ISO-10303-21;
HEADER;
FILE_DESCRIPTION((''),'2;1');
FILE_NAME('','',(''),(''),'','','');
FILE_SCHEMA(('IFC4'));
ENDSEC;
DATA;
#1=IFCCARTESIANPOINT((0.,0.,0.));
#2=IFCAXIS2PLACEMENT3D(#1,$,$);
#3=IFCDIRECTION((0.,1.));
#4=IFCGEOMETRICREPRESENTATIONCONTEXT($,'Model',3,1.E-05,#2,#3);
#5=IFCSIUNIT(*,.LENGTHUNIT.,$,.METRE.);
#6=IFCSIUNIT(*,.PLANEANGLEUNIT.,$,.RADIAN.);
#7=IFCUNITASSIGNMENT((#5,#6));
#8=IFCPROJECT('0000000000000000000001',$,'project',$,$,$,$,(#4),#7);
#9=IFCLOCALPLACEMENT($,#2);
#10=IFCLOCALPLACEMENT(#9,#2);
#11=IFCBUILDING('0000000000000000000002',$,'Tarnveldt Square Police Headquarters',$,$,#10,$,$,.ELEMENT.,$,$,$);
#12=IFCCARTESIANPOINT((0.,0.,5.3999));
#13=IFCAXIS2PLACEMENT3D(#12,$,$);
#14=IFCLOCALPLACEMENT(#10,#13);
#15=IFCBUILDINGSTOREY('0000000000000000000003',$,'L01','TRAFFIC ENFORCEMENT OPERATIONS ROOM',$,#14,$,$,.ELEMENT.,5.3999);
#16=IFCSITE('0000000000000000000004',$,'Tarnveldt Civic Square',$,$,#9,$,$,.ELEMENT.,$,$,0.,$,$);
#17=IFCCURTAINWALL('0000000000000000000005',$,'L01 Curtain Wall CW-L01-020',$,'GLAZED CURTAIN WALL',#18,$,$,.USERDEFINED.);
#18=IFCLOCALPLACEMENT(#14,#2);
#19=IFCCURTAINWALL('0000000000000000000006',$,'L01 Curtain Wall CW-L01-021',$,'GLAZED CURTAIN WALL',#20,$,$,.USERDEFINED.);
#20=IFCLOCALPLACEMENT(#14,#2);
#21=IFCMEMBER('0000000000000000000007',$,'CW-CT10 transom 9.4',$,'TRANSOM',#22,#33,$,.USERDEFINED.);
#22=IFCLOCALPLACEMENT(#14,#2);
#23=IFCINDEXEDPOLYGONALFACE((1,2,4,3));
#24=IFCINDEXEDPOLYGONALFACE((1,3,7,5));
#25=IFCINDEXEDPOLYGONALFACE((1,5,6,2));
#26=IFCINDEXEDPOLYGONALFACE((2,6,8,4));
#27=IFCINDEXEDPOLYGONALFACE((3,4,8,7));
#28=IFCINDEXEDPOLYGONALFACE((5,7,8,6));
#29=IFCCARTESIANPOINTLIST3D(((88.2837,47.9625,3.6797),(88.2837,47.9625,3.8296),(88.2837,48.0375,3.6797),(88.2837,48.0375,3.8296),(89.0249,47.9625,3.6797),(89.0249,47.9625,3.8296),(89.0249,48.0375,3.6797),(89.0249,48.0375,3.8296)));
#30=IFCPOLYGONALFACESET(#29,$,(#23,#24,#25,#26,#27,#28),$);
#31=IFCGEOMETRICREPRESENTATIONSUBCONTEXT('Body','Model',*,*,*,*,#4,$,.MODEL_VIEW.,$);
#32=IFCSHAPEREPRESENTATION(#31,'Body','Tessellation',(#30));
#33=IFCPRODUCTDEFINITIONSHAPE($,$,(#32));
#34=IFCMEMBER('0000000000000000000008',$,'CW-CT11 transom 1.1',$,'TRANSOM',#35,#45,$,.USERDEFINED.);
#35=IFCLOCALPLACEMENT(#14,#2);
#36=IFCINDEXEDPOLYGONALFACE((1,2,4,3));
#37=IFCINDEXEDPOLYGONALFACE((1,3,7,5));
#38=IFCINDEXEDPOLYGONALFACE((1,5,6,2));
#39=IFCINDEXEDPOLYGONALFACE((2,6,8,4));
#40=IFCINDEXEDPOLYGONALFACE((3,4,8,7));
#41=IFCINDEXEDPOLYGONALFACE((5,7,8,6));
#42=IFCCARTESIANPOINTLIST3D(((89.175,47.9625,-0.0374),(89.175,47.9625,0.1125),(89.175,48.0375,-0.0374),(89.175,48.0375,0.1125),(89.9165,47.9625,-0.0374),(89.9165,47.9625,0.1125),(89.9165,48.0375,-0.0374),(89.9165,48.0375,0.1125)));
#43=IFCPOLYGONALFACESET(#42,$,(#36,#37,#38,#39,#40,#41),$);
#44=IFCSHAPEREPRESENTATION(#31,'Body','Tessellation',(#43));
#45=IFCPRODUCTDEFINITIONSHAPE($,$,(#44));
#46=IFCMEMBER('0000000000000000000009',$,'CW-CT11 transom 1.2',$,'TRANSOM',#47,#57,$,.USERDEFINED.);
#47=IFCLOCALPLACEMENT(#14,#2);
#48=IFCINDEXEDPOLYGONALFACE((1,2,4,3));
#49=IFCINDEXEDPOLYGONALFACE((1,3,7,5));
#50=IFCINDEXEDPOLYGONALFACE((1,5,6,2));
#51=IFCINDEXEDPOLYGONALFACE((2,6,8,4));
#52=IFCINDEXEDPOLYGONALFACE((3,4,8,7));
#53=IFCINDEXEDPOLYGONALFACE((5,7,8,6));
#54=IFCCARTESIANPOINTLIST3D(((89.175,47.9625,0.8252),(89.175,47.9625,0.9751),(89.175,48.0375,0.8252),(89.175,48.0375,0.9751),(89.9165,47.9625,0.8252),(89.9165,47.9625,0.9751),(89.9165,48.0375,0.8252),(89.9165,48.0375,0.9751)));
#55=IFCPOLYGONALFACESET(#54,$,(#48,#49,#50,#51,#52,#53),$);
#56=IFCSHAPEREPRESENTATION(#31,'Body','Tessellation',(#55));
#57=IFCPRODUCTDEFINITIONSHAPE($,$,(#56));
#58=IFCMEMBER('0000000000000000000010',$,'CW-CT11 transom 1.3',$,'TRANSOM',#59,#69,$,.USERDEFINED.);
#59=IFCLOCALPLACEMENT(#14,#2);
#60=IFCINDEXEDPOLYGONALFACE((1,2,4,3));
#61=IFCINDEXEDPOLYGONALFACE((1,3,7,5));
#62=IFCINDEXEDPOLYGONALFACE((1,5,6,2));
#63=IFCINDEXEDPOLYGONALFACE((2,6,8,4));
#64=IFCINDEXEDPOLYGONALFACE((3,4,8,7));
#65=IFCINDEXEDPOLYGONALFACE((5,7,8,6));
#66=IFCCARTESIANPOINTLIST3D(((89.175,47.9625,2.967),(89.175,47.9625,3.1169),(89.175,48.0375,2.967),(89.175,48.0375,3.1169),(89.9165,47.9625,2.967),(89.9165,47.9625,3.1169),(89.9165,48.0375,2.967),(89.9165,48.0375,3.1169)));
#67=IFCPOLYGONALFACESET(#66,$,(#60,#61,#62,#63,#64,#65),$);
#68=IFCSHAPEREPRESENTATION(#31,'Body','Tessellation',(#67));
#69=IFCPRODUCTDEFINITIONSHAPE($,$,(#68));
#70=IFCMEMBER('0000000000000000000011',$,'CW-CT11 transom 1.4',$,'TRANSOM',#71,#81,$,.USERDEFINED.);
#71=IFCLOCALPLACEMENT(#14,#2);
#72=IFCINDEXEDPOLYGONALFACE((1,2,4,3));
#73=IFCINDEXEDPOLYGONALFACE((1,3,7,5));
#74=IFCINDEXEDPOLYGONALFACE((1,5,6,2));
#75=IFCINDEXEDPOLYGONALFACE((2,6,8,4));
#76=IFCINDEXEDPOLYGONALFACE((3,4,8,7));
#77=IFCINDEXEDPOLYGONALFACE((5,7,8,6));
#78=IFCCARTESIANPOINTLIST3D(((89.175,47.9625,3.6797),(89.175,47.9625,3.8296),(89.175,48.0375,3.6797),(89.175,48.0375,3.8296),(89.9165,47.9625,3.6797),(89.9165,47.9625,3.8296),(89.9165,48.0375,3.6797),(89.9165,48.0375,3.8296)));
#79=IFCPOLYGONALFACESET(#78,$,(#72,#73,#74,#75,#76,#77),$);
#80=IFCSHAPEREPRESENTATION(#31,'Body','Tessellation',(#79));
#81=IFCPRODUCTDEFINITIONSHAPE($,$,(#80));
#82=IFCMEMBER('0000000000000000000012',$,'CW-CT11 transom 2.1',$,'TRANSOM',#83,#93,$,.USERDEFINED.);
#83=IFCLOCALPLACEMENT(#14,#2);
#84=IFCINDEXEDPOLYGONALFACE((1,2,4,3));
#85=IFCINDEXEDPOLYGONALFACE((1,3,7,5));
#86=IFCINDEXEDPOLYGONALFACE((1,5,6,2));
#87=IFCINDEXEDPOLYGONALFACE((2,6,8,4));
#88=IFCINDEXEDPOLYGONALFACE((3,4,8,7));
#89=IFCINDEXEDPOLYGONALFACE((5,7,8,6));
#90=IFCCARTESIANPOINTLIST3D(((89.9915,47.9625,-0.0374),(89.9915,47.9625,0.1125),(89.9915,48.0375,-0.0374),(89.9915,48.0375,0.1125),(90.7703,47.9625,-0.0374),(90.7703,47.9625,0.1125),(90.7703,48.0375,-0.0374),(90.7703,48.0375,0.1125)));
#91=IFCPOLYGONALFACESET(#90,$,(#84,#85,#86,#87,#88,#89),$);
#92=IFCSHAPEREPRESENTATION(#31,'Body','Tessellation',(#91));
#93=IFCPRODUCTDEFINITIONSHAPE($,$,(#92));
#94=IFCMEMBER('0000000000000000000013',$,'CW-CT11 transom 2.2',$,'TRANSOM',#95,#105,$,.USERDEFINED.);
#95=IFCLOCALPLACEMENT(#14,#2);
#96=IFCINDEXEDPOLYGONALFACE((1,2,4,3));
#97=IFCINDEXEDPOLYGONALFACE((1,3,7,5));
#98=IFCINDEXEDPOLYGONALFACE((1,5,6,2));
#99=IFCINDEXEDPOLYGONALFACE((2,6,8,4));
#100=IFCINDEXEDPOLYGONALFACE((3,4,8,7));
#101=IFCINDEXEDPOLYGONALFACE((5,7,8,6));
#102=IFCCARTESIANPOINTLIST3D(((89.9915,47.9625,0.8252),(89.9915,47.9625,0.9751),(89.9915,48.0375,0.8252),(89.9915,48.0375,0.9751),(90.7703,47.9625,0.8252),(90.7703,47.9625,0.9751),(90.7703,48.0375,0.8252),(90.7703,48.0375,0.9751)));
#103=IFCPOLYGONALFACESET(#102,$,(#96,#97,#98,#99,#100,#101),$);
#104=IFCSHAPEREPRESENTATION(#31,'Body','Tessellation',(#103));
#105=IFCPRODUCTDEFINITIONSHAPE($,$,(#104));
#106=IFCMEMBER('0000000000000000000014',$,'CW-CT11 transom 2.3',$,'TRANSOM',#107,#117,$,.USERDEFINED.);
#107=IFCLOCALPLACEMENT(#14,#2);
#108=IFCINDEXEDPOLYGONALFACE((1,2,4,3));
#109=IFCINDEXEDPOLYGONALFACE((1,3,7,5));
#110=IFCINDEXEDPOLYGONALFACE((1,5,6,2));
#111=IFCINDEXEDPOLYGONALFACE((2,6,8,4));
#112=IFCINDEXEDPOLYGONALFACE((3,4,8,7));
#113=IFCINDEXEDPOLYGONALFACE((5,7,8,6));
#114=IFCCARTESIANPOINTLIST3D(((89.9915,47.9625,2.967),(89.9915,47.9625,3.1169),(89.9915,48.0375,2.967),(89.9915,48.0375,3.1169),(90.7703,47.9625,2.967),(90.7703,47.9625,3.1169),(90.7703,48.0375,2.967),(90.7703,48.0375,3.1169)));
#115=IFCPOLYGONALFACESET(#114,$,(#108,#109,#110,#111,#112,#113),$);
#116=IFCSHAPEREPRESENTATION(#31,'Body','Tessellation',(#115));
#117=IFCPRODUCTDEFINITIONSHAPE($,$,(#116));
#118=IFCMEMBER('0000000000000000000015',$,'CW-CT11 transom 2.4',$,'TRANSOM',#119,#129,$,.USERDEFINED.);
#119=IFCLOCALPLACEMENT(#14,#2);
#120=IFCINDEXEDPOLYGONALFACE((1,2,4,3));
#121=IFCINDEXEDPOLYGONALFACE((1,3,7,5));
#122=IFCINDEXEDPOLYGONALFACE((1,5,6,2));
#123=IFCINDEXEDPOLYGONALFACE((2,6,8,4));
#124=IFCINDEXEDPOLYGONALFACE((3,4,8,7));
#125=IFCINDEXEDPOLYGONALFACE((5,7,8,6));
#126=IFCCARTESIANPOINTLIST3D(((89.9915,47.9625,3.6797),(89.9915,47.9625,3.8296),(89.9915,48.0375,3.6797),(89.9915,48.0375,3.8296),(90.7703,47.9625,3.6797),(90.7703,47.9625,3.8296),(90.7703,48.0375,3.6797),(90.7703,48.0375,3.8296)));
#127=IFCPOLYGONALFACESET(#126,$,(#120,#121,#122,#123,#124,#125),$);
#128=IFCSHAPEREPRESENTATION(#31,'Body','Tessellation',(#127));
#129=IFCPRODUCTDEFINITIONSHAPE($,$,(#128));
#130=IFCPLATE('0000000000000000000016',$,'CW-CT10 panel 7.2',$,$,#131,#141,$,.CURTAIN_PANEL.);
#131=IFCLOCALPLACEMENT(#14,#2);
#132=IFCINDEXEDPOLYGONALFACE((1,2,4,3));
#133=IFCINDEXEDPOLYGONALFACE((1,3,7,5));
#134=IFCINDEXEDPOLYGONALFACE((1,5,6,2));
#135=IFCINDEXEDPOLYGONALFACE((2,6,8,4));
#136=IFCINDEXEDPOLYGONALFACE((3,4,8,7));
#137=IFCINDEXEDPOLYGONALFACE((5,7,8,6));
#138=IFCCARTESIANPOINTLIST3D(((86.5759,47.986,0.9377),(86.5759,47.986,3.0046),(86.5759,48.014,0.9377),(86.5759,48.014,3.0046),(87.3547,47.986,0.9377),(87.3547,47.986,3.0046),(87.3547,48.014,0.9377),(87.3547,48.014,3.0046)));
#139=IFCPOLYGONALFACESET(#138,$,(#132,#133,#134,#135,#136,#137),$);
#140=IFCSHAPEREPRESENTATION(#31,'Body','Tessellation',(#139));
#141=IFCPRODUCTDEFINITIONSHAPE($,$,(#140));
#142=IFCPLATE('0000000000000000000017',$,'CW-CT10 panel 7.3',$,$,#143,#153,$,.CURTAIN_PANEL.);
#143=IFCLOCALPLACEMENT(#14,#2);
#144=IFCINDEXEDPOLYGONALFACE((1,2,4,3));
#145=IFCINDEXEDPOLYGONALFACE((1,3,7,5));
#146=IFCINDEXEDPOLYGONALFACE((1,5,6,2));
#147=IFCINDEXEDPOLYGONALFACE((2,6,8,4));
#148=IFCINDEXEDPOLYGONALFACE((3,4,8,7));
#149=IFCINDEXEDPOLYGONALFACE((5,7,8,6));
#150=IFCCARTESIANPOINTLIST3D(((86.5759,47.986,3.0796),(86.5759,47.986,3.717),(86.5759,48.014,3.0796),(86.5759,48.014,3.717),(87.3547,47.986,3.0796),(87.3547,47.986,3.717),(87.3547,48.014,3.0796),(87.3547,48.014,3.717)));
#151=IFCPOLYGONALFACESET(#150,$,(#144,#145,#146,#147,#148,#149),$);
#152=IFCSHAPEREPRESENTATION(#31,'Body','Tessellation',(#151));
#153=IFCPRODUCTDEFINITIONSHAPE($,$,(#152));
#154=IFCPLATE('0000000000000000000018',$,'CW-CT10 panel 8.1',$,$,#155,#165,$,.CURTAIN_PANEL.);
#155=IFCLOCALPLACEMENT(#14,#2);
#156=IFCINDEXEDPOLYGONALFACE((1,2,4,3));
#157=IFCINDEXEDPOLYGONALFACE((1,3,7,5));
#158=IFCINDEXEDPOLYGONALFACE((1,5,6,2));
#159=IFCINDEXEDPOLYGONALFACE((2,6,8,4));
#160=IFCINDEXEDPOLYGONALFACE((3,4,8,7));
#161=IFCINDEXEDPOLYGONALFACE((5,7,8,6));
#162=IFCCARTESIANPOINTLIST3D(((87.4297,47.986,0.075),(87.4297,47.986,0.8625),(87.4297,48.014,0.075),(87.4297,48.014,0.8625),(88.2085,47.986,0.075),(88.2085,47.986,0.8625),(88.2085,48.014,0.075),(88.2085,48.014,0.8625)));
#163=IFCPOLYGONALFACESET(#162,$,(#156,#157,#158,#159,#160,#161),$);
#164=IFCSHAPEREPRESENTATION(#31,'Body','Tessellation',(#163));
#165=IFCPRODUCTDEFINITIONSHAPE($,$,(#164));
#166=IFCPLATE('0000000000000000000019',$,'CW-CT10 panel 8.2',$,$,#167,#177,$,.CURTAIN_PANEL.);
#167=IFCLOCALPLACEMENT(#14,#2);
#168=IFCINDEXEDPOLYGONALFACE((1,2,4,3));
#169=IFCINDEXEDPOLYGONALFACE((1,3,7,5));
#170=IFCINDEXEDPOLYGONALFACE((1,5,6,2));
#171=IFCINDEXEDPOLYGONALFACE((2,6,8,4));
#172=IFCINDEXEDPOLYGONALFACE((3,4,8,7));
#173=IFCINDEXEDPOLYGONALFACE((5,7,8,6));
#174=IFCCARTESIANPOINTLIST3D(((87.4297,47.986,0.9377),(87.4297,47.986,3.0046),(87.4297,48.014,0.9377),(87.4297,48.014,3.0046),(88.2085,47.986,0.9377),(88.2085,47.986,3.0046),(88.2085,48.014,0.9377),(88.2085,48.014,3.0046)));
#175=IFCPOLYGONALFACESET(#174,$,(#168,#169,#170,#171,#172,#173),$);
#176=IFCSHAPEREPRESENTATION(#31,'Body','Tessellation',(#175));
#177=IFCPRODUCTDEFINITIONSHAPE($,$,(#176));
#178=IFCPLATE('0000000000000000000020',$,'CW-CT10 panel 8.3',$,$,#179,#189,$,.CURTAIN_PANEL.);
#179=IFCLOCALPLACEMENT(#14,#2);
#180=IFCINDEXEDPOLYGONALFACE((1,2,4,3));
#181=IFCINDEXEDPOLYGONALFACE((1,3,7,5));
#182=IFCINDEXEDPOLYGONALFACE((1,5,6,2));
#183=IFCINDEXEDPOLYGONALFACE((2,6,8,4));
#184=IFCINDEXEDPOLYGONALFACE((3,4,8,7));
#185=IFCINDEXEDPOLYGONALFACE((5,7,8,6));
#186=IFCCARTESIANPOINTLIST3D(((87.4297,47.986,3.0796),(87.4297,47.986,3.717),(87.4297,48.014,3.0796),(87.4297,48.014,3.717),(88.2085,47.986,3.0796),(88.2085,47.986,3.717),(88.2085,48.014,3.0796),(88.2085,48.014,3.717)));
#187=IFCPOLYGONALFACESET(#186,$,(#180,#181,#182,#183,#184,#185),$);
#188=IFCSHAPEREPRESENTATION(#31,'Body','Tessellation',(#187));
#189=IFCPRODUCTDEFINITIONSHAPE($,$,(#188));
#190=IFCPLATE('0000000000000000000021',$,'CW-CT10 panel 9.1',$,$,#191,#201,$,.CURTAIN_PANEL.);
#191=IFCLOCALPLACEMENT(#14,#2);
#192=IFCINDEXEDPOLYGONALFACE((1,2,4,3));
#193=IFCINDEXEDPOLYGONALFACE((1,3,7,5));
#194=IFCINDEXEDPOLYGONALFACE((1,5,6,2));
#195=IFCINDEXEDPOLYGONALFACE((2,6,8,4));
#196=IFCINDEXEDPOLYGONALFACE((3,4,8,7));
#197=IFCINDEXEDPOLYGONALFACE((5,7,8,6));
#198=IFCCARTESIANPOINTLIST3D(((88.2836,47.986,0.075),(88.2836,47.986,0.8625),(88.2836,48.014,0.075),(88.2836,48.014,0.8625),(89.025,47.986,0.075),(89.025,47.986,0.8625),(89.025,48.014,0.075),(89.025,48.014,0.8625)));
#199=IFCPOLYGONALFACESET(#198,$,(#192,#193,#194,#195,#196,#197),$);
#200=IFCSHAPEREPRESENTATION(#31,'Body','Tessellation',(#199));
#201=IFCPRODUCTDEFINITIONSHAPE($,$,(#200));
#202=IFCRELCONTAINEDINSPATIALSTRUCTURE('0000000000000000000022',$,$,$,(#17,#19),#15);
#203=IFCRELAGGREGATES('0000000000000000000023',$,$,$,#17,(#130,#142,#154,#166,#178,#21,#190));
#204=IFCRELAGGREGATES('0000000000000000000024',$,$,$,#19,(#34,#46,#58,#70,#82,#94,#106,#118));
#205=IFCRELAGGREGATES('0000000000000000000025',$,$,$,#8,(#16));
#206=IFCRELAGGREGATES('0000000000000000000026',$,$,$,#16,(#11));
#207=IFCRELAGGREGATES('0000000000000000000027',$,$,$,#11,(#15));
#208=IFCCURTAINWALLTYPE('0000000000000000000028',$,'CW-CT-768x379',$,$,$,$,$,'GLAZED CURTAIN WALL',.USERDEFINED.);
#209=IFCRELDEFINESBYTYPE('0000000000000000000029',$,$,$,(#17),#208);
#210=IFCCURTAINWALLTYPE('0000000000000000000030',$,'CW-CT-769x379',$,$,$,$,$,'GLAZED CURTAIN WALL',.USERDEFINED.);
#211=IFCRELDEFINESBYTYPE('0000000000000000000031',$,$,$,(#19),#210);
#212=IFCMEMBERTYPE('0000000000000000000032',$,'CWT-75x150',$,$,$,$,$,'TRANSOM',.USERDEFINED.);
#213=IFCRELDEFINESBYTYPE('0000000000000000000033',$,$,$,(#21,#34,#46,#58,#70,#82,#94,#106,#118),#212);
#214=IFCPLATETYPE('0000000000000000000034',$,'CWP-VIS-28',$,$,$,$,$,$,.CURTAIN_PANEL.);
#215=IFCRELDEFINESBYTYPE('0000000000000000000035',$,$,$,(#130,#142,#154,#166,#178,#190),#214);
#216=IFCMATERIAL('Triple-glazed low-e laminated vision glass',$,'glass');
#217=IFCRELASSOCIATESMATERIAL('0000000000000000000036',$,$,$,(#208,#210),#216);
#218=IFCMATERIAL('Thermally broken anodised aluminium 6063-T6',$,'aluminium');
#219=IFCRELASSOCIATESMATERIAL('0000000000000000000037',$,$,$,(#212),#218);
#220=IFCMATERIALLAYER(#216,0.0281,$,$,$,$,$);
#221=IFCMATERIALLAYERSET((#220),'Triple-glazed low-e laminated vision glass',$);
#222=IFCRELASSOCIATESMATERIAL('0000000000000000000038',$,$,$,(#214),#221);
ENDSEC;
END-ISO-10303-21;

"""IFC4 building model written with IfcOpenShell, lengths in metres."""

from ifc_helpers import new_model, si_unit, direction, frame, origin, origin_2d, place, context, subcontext, project, spatial, rectangle, extrude, material, layer, layer_set, material_profile, profile_set, type_object, element, aggregate, save


model = new_model("IFC4")

# Units and contexts
model_context = context("Model", 3, precision=1e-05, world=origin(), true_north=direction((0.0, 1.0)))
body_context = subcontext(model_context, "Body", "Model", "MODEL_VIEW")
ifc_project = project(units=[si_unit("LENGTHUNIT", "METRE"), si_unit("PLANEANGLEUNIT", "RADIAN")], contexts=[model_context])

# Site, building, storey
site_placement = place(None, origin())
site = spatial("IfcSite", under=ifc_project, at=site_placement, Name="Tarnveldt Civic Square", CompositionType="ELEMENT", RefElevation=0.0)
building_placement = place(site_placement, origin())
building = spatial("IfcBuilding", under=site, at=building_placement, Name="Tarnveldt Square Police Headquarters", CompositionType="ELEMENT")
storey_placement = place(building_placement, frame((0.0, 0.0, 5.3999)))
storey = spatial("IfcBuildingStorey", under=building, at=storey_placement, Name="L01", Description="TRAFFIC ENFORCEMENT OPERATIONS ROOM", CompositionType="ELEMENT", Elevation=5.3999)

# Curtain walls
ifc_material_1 = material(Name="Triple-glazed low-e laminated vision glass", Category="glass")
curtain_wall_type_1 = type_object("IfcCurtainWallType", Name="CW-CT-768x379", ElementType="GLAZED CURTAIN WALL", PredefinedType="USERDEFINED", material=ifc_material_1)
curtain_wall_1_placement = place(storey_placement, origin())
curtain_wall_1 = element("IfcCurtainWall", 1, at=curtain_wall_1_placement, inside=storey, type_object=curtain_wall_type_1, Name="L01 Curtain Wall CW-L01-020", ObjectType="GLAZED CURTAIN WALL", PredefinedType="USERDEFINED")
ifc_material_2 = material(Name="Thermally broken anodised aluminium 6063-T6", Category="aluminium")
curtain_wall_type_2 = type_object("IfcCurtainWallType", Name="CW-CT-769x379", ElementType="GLAZED CURTAIN WALL", PredefinedType="USERDEFINED", material=ifc_material_1)
curtain_wall_2_placement = place(storey_placement, origin())
curtain_wall_2 = element("IfcCurtainWall", 2, at=curtain_wall_2_placement, inside=storey, type_object=curtain_wall_type_2, Name="L01 Curtain Wall CW-L01-021", ObjectType="GLAZED CURTAIN WALL", PredefinedType="USERDEFINED")

# Members
ifc_material_profile_1 = material_profile(ifc_material_2, rectangle(XDim=0.075, YDim=0.1499, at=origin_2d()), Name="CW-T75x150")
ifc_profile_set_1 = profile_set([ifc_material_profile_1], Name="Thermally broken anodised aluminium 6063-T6")
member_type_1 = type_object("IfcMemberType", Name="CWT-75x150", ElementType="TRANSOM", PredefinedType="USERDEFINED", material=ifc_profile_set_1)
member_1_placement = place(storey_placement, frame((88.2837, 48.0, 3.7546), z_axis=(1.0, 0.0, 0.0), x_axis=(0.0, 1.0, 0.0)))
member_1 = element("IfcMember", 3, at=member_1_placement, type_object=member_type_1, Name="CW-CT10 transom 9.4", ObjectType="TRANSOM", PredefinedType="USERDEFINED", context=body_context, shape_type="SweptSolid", body=[
    extrude(rectangle(XDim=0.075, YDim=0.1499, at=origin_2d()), origin(), (0.0, 0.0, 1.0), 0.7412),
])
member_2_placement = place(storey_placement, frame((89.175, 48.0, 0.0376), z_axis=(1.0, 0.0, 0.0), x_axis=(0.0, 1.0, 0.0)))
member_2 = element("IfcMember", 4, at=member_2_placement, type_object=member_type_1, Name="CW-CT11 transom 1.1", ObjectType="TRANSOM", PredefinedType="USERDEFINED", context=body_context, shape_type="SweptSolid", body=[
    extrude(rectangle(XDim=0.075, YDim=0.1499, at=origin_2d()), origin(), (0.0, 0.0, 1.0), 0.7415),
])
member_3_placement = place(storey_placement, frame((89.175, 48.0, 0.9001), z_axis=(1.0, 0.0, 0.0), x_axis=(0.0, 1.0, 0.0)))
member_3 = element("IfcMember", 5, at=member_3_placement, type_object=member_type_1, Name="CW-CT11 transom 1.2", ObjectType="TRANSOM", PredefinedType="USERDEFINED", context=body_context, shape_type="SweptSolid", body=[
    extrude(rectangle(XDim=0.075, YDim=0.1499, at=origin_2d()), origin(), (0.0, 0.0, 1.0), 0.7415),
])
member_4_placement = place(storey_placement, frame((89.175, 48.0, 3.042), z_axis=(1.0, 0.0, 0.0), x_axis=(0.0, 1.0, 0.0)))
member_4 = element("IfcMember", 6, at=member_4_placement, type_object=member_type_1, Name="CW-CT11 transom 1.3", ObjectType="TRANSOM", PredefinedType="USERDEFINED", context=body_context, shape_type="SweptSolid", body=[
    extrude(rectangle(XDim=0.075, YDim=0.1499, at=origin_2d()), origin(), (0.0, 0.0, 1.0), 0.7415),
])
member_5_placement = place(storey_placement, frame((89.175, 48.0, 3.7546), z_axis=(1.0, 0.0, 0.0), x_axis=(0.0, 1.0, 0.0)))
member_5 = element("IfcMember", 7, at=member_5_placement, type_object=member_type_1, Name="CW-CT11 transom 1.4", ObjectType="TRANSOM", PredefinedType="USERDEFINED", context=body_context, shape_type="SweptSolid", body=[
    extrude(rectangle(XDim=0.075, YDim=0.1499, at=origin_2d()), origin(), (0.0, 0.0, 1.0), 0.7415),
])
member_6_placement = place(storey_placement, frame((89.9915, 48.0, 0.0376), z_axis=(1.0, 0.0, 0.0), x_axis=(0.0, 1.0, 0.0)))
member_6 = element("IfcMember", 8, at=member_6_placement, type_object=member_type_1, Name="CW-CT11 transom 2.1", ObjectType="TRANSOM", PredefinedType="USERDEFINED", context=body_context, shape_type="SweptSolid", body=[
    extrude(rectangle(XDim=0.075, YDim=0.1499, at=origin_2d()), origin(), (0.0, 0.0, 1.0), 0.7788),
])
member_7_placement = place(storey_placement, frame((89.9915, 48.0, 0.9001), z_axis=(1.0, 0.0, 0.0), x_axis=(0.0, 1.0, 0.0)))
member_7 = element("IfcMember", 9, at=member_7_placement, type_object=member_type_1, Name="CW-CT11 transom 2.2", ObjectType="TRANSOM", PredefinedType="USERDEFINED", context=body_context, shape_type="SweptSolid", body=[
    extrude(rectangle(XDim=0.075, YDim=0.1499, at=origin_2d()), origin(), (0.0, 0.0, 1.0), 0.7788),
])
member_8_placement = place(storey_placement, frame((89.9915, 48.0, 3.042), z_axis=(1.0, 0.0, 0.0), x_axis=(0.0, 1.0, 0.0)))
member_8 = element("IfcMember", 10, at=member_8_placement, type_object=member_type_1, Name="CW-CT11 transom 2.3", ObjectType="TRANSOM", PredefinedType="USERDEFINED", context=body_context, shape_type="SweptSolid", body=[
    extrude(rectangle(XDim=0.075, YDim=0.1499, at=origin_2d()), origin(), (0.0, 0.0, 1.0), 0.7788),
])
member_9_placement = place(storey_placement, frame((89.9915, 48.0, 3.7546), z_axis=(1.0, 0.0, 0.0), x_axis=(0.0, 1.0, 0.0)))
member_9 = element("IfcMember", 11, at=member_9_placement, type_object=member_type_1, Name="CW-CT11 transom 2.4", ObjectType="TRANSOM", PredefinedType="USERDEFINED", context=body_context, shape_type="SweptSolid", body=[
    extrude(rectangle(XDim=0.075, YDim=0.1499, at=origin_2d()), origin(), (0.0, 0.0, 1.0), 0.7788),
])

# Plates
ifc_layer = layer(ifc_material_1, 0.0281)
ifc_layer_set = layer_set([ifc_layer], Name="Triple-glazed low-e laminated vision glass")
plate_type = type_object("IfcPlateType", Name="CWP-VIS-28", PredefinedType="CURTAIN_PANEL", material=ifc_layer_set)
plate_1_placement = place(storey_placement, frame((86.9653, 48.0, 0.9377), z_axis=(0.0, 0.0, 1.0), x_axis=(1.0, 0.0, 0.0)))
plate_1 = element("IfcPlate", 12, at=plate_1_placement, type_object=plate_type, Name="CW-CT10 panel 7.2", PredefinedType="CURTAIN_PANEL", context=body_context, shape_type="SweptSolid", body=[
    extrude(rectangle(XDim=0.7788, YDim=0.0281, at=origin_2d()), origin(), (0.0, 0.0, 1.0), 2.0669),
])
plate_2_placement = place(storey_placement, frame((86.9653, 48.0, 3.0796), z_axis=(0.0, 0.0, 1.0), x_axis=(1.0, 0.0, 0.0)))
plate_2 = element("IfcPlate", 13, at=plate_2_placement, type_object=plate_type, Name="CW-CT10 panel 7.3", PredefinedType="CURTAIN_PANEL", context=body_context, shape_type="SweptSolid", body=[
    extrude(rectangle(XDim=0.7788, YDim=0.0281, at=origin_2d()), origin(), (0.0, 0.0, 1.0), 0.6375),
])
plate_3_placement = place(storey_placement, frame((87.8191, 48.0, 0.075), z_axis=(0.0, 0.0, 1.0), x_axis=(1.0, 0.0, 0.0)))
plate_3 = element("IfcPlate", 14, at=plate_3_placement, type_object=plate_type, Name="CW-CT10 panel 8.1", PredefinedType="CURTAIN_PANEL", context=body_context, shape_type="SweptSolid", body=[
    extrude(rectangle(XDim=0.7788, YDim=0.0281, at=origin_2d()), origin(), (0.0, 0.0, 1.0), 0.7876),
])
plate_4_placement = place(storey_placement, frame((87.8191, 48.0, 0.9377), z_axis=(0.0, 0.0, 1.0), x_axis=(1.0, 0.0, 0.0)))
plate_4 = element("IfcPlate", 15, at=plate_4_placement, type_object=plate_type, Name="CW-CT10 panel 8.2", PredefinedType="CURTAIN_PANEL", context=body_context, shape_type="SweptSolid", body=[
    extrude(rectangle(XDim=0.7788, YDim=0.0281, at=origin_2d()), origin(), (0.0, 0.0, 1.0), 2.0669),
])
plate_5_placement = place(storey_placement, frame((87.8191, 48.0, 3.0796), z_axis=(0.0, 0.0, 1.0), x_axis=(1.0, 0.0, 0.0)))
plate_5 = element("IfcPlate", 16, at=plate_5_placement, type_object=plate_type, Name="CW-CT10 panel 8.3", PredefinedType="CURTAIN_PANEL", context=body_context, shape_type="SweptSolid", body=[
    extrude(rectangle(XDim=0.7788, YDim=0.0281, at=origin_2d()), origin(), (0.0, 0.0, 1.0), 0.6375),
])
plate_6_placement = place(storey_placement, frame((88.6543, 48.0, 0.075), z_axis=(0.0, 0.0, 1.0), x_axis=(1.0, 0.0, 0.0)))
plate_6 = element("IfcPlate", 17, at=plate_6_placement, type_object=plate_type, Name="CW-CT10 panel 9.1", PredefinedType="CURTAIN_PANEL", context=body_context, shape_type="SweptSolid", body=[
    extrude(rectangle(XDim=0.7415, YDim=0.0281, at=origin_2d()), origin(), (0.0, 0.0, 1.0), 0.7876),
])
aggregate(curtain_wall_1, [plate_1, plate_2, plate_3, plate_4, plate_5, member_1, plate_6])
aggregate(curtain_wall_2, [member_2, member_3, member_4, member_5, member_6, member_7, member_8, member_9])

save(model, "model.ifc")
